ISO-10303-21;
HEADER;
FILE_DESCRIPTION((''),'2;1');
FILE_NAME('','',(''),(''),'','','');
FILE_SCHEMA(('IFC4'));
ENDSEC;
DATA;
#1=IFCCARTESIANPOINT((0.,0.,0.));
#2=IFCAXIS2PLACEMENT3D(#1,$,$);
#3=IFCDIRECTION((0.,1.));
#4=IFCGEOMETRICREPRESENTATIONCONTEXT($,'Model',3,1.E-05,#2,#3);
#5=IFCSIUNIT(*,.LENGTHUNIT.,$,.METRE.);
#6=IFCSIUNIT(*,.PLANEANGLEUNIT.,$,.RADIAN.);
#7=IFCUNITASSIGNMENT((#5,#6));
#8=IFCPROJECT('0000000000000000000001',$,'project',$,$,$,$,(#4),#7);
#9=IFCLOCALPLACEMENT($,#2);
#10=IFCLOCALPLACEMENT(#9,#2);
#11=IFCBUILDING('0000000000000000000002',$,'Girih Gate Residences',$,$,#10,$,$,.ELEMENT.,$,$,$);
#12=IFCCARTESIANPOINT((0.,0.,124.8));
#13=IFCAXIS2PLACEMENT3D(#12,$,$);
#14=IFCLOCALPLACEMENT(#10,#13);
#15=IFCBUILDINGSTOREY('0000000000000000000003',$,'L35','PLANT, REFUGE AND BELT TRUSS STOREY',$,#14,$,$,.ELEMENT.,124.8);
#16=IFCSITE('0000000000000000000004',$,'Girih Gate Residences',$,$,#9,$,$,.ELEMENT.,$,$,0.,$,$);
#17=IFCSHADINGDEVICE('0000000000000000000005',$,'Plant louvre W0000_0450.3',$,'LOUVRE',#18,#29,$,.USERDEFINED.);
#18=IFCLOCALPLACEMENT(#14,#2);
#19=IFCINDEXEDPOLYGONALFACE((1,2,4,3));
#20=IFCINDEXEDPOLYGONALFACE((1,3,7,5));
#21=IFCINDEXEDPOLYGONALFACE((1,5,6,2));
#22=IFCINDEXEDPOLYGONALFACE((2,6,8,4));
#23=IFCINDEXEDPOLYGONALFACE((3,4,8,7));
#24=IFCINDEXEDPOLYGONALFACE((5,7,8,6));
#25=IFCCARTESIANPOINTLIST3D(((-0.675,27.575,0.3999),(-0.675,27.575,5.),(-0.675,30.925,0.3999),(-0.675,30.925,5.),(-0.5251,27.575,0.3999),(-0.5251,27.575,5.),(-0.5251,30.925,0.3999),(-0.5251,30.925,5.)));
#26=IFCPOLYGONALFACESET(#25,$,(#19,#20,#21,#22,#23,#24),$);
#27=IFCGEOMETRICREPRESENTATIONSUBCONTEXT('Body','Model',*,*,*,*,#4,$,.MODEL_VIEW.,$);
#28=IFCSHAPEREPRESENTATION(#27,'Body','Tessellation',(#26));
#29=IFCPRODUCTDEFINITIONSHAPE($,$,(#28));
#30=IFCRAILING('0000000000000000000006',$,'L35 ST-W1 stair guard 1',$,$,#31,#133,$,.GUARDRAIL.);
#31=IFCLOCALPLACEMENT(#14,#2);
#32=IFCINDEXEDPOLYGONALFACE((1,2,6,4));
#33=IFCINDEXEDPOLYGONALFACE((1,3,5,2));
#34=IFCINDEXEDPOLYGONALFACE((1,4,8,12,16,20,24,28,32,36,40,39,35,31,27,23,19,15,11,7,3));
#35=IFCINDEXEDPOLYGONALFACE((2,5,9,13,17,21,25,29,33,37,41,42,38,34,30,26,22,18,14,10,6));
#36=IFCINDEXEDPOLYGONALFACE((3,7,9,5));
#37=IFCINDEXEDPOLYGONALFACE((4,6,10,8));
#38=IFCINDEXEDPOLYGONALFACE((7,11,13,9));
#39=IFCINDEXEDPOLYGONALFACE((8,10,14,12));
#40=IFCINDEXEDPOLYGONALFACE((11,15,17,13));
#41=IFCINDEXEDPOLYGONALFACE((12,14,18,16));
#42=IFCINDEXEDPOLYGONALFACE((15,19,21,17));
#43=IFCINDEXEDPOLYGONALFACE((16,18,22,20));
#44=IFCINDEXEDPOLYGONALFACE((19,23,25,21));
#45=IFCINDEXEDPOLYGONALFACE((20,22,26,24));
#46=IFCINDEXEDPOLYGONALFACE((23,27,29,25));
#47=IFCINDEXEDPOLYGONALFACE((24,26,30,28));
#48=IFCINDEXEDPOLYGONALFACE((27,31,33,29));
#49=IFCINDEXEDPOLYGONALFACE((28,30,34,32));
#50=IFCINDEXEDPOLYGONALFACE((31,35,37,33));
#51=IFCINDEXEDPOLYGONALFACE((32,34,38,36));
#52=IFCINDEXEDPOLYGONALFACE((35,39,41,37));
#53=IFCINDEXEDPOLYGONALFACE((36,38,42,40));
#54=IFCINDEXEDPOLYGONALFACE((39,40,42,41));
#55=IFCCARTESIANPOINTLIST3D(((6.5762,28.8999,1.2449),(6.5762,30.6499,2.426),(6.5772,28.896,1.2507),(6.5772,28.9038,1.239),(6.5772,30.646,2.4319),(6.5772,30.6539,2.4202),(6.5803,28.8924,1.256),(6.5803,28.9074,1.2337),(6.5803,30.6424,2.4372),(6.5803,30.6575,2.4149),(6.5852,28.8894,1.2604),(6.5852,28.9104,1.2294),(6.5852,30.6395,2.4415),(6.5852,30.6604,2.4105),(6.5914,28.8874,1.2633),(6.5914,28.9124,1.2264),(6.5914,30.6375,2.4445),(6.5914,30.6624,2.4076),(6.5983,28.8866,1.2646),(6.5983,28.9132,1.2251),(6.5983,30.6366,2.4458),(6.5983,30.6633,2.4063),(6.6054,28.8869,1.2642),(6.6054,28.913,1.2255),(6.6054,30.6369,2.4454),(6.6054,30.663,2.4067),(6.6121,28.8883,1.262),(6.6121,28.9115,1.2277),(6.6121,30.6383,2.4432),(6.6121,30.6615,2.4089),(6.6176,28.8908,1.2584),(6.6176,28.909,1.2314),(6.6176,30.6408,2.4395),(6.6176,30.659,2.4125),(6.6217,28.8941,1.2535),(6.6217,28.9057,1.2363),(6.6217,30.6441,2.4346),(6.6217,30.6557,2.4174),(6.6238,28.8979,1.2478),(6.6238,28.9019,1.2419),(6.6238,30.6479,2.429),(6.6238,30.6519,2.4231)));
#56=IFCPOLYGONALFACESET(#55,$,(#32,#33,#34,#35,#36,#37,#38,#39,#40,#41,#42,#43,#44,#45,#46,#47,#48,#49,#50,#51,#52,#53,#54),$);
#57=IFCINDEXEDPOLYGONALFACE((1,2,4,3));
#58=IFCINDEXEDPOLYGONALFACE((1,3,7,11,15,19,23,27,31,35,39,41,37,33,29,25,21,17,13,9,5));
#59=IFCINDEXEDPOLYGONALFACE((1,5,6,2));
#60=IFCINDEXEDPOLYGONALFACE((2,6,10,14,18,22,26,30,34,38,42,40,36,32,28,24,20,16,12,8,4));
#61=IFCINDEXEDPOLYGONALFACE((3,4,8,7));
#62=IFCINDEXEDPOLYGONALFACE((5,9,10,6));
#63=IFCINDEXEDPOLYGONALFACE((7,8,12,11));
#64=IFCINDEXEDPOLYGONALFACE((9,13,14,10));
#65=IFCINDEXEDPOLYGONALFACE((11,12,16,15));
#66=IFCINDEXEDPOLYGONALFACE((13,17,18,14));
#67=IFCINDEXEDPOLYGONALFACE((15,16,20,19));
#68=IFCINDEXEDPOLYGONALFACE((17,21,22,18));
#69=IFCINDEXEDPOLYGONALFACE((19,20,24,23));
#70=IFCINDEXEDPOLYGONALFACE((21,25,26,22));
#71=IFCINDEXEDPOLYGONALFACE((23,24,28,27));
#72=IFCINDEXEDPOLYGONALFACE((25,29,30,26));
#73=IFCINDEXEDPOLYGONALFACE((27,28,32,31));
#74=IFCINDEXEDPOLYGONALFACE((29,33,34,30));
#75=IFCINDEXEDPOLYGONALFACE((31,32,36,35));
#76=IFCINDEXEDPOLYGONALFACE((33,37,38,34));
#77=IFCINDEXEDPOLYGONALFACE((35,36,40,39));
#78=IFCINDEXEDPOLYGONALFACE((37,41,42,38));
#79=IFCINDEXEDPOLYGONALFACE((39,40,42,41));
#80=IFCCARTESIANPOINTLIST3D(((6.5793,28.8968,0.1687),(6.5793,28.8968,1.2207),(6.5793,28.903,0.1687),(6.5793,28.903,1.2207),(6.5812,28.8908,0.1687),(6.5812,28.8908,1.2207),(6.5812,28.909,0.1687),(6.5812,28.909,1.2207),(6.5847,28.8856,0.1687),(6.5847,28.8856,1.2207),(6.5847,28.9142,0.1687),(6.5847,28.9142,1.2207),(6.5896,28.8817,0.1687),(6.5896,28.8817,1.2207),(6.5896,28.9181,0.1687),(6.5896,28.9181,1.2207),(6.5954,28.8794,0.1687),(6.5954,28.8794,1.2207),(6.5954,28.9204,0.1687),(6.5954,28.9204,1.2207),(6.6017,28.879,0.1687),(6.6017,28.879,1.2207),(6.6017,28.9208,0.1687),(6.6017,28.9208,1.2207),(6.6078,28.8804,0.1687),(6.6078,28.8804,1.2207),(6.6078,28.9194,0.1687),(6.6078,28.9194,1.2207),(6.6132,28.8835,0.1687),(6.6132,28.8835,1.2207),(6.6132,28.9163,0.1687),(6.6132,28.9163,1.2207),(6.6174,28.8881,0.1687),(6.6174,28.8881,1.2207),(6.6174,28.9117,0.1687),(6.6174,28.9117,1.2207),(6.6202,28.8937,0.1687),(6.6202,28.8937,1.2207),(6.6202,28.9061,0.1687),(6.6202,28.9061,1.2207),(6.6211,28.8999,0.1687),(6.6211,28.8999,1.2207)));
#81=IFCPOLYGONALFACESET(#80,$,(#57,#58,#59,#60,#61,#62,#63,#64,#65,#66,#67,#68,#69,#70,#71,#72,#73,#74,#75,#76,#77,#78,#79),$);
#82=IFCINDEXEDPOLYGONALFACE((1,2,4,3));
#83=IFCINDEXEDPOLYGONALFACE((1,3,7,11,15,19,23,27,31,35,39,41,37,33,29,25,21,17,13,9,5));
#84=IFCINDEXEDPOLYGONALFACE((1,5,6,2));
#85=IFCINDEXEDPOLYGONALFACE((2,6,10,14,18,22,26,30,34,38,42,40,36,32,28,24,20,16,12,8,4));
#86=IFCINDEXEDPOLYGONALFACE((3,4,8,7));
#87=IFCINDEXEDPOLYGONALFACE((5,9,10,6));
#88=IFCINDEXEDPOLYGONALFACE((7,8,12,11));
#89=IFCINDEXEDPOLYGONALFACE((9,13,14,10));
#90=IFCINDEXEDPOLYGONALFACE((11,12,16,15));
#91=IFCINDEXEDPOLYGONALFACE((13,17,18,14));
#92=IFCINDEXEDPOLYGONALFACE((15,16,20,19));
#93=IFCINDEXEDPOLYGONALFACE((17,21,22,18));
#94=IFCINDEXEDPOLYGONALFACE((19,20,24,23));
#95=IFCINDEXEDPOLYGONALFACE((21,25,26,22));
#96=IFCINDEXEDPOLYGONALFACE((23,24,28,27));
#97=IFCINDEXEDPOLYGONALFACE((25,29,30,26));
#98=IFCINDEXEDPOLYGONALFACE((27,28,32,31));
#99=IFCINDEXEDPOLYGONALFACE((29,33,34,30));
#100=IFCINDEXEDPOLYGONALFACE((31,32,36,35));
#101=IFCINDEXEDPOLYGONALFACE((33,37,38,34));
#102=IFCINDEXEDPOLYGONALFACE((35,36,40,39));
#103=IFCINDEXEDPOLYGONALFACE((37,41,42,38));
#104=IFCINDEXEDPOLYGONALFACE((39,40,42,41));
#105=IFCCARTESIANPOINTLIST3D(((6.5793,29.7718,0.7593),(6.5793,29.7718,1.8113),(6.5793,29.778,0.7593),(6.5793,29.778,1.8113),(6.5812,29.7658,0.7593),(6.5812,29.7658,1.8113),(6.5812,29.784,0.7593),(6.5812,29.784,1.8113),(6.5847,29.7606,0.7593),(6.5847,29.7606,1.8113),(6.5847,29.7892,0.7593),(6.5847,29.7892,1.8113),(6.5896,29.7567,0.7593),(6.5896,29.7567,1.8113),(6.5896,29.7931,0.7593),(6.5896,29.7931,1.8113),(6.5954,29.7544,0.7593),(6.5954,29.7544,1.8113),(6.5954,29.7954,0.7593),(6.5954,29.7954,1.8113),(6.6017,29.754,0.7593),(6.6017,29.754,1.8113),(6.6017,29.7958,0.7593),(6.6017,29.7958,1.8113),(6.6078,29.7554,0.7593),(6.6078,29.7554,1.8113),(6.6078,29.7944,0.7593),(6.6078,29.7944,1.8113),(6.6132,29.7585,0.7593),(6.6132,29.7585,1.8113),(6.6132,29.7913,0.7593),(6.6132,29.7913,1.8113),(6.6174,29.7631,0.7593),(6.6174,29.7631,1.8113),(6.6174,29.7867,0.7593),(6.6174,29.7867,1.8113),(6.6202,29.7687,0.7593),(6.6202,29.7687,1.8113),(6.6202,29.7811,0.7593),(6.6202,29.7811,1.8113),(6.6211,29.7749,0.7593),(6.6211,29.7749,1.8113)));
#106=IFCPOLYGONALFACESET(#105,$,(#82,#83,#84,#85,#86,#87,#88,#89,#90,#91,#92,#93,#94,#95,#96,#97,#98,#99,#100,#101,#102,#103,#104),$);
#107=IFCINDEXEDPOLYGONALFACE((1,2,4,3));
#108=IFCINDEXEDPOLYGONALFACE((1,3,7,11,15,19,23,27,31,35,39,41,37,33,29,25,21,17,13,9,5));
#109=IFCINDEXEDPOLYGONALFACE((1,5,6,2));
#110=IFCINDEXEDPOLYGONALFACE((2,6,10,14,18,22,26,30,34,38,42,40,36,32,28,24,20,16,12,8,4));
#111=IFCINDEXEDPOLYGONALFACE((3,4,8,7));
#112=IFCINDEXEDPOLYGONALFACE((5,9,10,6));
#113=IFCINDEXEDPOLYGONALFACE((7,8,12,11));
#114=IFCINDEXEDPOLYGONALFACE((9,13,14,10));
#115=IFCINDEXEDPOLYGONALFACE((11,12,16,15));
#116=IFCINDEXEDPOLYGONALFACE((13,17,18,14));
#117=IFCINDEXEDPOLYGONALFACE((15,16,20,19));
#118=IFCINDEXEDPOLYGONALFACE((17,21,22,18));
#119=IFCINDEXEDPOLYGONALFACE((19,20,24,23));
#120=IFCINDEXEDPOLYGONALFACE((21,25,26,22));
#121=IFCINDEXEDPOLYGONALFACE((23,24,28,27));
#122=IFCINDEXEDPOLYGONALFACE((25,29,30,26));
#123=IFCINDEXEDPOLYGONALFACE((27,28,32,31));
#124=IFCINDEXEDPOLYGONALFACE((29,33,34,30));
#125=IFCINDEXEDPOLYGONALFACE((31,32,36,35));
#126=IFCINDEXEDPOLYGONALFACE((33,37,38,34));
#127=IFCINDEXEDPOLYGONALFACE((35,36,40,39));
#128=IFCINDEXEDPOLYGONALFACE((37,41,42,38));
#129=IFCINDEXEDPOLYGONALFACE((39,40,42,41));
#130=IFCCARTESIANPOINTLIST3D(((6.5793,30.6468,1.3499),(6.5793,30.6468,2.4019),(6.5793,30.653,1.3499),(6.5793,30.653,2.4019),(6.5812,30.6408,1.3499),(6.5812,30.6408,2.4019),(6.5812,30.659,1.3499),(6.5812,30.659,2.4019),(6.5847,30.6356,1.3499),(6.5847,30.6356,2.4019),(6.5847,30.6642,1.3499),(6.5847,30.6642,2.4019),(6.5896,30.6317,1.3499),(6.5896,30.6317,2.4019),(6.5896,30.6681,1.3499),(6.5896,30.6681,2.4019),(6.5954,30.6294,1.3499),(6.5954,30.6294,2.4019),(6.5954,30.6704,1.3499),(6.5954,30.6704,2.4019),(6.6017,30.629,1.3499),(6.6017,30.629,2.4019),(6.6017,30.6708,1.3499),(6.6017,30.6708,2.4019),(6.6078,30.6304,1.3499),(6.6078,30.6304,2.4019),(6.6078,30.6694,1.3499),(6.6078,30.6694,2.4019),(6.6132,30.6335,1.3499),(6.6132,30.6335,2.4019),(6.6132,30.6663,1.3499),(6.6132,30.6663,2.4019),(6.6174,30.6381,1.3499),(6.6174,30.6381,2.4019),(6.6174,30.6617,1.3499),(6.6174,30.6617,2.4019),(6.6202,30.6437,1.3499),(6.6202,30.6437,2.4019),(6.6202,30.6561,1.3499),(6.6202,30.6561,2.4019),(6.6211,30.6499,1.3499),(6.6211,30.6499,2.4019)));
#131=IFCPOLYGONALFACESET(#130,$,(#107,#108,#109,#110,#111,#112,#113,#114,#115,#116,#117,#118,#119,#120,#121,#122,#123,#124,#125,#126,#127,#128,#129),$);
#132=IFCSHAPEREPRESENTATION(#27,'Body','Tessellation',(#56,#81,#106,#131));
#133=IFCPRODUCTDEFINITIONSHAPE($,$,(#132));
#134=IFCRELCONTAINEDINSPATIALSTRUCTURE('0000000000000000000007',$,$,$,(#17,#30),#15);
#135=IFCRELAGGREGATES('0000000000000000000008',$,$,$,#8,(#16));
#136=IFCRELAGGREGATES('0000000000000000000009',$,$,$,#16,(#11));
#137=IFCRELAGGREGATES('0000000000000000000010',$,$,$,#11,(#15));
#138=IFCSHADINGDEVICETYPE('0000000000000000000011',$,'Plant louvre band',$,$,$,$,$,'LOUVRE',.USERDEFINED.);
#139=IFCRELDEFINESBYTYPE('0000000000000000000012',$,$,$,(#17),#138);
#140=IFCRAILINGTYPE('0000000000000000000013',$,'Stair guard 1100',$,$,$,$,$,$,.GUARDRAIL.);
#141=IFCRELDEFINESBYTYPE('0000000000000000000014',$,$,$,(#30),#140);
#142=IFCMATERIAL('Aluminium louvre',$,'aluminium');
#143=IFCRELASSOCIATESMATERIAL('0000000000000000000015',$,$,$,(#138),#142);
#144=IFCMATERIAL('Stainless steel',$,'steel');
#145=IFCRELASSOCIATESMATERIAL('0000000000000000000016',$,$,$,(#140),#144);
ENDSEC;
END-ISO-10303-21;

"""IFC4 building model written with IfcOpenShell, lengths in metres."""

from ifc_helpers import new_model, si_unit, direction, frame, origin, origin_2d, place, context, subcontext, project, spatial, rectangle, circle, extrude, material, type_object, element, save


model = new_model("IFC4")

# Units and contexts
model_context = context("Model", 3, precision=1e-05, world=origin(), true_north=direction((0.0, 1.0)))
body_context = subcontext(model_context, "Body", "Model", "MODEL_VIEW")
ifc_project = project(units=[si_unit("LENGTHUNIT", "METRE"), si_unit("PLANEANGLEUNIT", "RADIAN")], contexts=[model_context])

# Site, building, storey
site_placement = place(None, origin())
site = spatial("IfcSite", under=ifc_project, at=site_placement, Name="Girih Gate Residences", CompositionType="ELEMENT", RefElevation=0.0)
building_placement = place(site_placement, origin())
building = spatial("IfcBuilding", under=site, at=building_placement, Name="Girih Gate Residences", CompositionType="ELEMENT")
storey_placement = place(building_placement, frame((0.0, 0.0, 124.8)))
storey = spatial("IfcBuildingStorey", under=building, at=storey_placement, Name="L35", Description="PLANT, REFUGE AND BELT TRUSS STOREY", CompositionType="ELEMENT", Elevation=124.8)

# Shading device
ifc_material_1 = material(Name="Aluminium louvre", Category="aluminium")
shading_device_type = type_object("IfcShadingDeviceType", Name="Plant louvre band", ElementType="LOUVRE", PredefinedType="USERDEFINED", material=ifc_material_1)
shading_device_placement = place(storey_placement, frame((-0.6001, 29.25, 0.3999), z_axis=(0.0, 0.0, 1.0), x_axis=(0.0, -1.0, 0.0)))
element("IfcShadingDevice", 1, at=shading_device_placement, inside=storey, type_object=shading_device_type, Name="Plant louvre W0000_0450.3", ObjectType="LOUVRE", PredefinedType="USERDEFINED", context=body_context, shape_type="SweptSolid", body=[
    extrude(rectangle(XDim=3.3501, YDim=0.1499, at=origin_2d()), origin(), (0.0, 0.0, 1.0), 4.6001),
])

# Railing
ifc_material_2 = material(Name="Stainless steel", Category="steel")
railing_type_1 = type_object("IfcRailingType", Name="Stair guard 1100", PredefinedType="GUARDRAIL", material=ifc_material_2)
railing_1_placement = place(storey_placement, frame((6.6001, 28.8999, 0.1687)))
element("IfcRailing", 2, at=railing_1_placement, inside=storey, type_object=railing_type_1, Name="L35 ST-W1 stair guard 1", PredefinedType="GUARDRAIL", context=body_context, shape_type="SweptSolid", body=[
    extrude(circle(Radius=0.0239, at=origin_2d()), frame((0.0, 0.0, 1.0762), z_axis=(0.0, 0.82887, 0.559441), x_axis=(-1.0, 0.0, 0.0)), (0.0, 0.0, 1.0), 2.1113),
    extrude(circle(Radius=0.021, at=origin_2d()), origin(), (0.0, 0.0, 1.0), 1.052),
    extrude(circle(Radius=0.021, at=origin_2d()), frame((0.0, 0.875, 0.5906)), (0.0, 0.0, 1.0), 1.052),
    extrude(circle(Radius=0.021, at=origin_2d()), frame((0.0, 1.75, 1.1812)), (0.0, 0.0, 1.0), 1.052),
])

save(model, "model.ifc")
